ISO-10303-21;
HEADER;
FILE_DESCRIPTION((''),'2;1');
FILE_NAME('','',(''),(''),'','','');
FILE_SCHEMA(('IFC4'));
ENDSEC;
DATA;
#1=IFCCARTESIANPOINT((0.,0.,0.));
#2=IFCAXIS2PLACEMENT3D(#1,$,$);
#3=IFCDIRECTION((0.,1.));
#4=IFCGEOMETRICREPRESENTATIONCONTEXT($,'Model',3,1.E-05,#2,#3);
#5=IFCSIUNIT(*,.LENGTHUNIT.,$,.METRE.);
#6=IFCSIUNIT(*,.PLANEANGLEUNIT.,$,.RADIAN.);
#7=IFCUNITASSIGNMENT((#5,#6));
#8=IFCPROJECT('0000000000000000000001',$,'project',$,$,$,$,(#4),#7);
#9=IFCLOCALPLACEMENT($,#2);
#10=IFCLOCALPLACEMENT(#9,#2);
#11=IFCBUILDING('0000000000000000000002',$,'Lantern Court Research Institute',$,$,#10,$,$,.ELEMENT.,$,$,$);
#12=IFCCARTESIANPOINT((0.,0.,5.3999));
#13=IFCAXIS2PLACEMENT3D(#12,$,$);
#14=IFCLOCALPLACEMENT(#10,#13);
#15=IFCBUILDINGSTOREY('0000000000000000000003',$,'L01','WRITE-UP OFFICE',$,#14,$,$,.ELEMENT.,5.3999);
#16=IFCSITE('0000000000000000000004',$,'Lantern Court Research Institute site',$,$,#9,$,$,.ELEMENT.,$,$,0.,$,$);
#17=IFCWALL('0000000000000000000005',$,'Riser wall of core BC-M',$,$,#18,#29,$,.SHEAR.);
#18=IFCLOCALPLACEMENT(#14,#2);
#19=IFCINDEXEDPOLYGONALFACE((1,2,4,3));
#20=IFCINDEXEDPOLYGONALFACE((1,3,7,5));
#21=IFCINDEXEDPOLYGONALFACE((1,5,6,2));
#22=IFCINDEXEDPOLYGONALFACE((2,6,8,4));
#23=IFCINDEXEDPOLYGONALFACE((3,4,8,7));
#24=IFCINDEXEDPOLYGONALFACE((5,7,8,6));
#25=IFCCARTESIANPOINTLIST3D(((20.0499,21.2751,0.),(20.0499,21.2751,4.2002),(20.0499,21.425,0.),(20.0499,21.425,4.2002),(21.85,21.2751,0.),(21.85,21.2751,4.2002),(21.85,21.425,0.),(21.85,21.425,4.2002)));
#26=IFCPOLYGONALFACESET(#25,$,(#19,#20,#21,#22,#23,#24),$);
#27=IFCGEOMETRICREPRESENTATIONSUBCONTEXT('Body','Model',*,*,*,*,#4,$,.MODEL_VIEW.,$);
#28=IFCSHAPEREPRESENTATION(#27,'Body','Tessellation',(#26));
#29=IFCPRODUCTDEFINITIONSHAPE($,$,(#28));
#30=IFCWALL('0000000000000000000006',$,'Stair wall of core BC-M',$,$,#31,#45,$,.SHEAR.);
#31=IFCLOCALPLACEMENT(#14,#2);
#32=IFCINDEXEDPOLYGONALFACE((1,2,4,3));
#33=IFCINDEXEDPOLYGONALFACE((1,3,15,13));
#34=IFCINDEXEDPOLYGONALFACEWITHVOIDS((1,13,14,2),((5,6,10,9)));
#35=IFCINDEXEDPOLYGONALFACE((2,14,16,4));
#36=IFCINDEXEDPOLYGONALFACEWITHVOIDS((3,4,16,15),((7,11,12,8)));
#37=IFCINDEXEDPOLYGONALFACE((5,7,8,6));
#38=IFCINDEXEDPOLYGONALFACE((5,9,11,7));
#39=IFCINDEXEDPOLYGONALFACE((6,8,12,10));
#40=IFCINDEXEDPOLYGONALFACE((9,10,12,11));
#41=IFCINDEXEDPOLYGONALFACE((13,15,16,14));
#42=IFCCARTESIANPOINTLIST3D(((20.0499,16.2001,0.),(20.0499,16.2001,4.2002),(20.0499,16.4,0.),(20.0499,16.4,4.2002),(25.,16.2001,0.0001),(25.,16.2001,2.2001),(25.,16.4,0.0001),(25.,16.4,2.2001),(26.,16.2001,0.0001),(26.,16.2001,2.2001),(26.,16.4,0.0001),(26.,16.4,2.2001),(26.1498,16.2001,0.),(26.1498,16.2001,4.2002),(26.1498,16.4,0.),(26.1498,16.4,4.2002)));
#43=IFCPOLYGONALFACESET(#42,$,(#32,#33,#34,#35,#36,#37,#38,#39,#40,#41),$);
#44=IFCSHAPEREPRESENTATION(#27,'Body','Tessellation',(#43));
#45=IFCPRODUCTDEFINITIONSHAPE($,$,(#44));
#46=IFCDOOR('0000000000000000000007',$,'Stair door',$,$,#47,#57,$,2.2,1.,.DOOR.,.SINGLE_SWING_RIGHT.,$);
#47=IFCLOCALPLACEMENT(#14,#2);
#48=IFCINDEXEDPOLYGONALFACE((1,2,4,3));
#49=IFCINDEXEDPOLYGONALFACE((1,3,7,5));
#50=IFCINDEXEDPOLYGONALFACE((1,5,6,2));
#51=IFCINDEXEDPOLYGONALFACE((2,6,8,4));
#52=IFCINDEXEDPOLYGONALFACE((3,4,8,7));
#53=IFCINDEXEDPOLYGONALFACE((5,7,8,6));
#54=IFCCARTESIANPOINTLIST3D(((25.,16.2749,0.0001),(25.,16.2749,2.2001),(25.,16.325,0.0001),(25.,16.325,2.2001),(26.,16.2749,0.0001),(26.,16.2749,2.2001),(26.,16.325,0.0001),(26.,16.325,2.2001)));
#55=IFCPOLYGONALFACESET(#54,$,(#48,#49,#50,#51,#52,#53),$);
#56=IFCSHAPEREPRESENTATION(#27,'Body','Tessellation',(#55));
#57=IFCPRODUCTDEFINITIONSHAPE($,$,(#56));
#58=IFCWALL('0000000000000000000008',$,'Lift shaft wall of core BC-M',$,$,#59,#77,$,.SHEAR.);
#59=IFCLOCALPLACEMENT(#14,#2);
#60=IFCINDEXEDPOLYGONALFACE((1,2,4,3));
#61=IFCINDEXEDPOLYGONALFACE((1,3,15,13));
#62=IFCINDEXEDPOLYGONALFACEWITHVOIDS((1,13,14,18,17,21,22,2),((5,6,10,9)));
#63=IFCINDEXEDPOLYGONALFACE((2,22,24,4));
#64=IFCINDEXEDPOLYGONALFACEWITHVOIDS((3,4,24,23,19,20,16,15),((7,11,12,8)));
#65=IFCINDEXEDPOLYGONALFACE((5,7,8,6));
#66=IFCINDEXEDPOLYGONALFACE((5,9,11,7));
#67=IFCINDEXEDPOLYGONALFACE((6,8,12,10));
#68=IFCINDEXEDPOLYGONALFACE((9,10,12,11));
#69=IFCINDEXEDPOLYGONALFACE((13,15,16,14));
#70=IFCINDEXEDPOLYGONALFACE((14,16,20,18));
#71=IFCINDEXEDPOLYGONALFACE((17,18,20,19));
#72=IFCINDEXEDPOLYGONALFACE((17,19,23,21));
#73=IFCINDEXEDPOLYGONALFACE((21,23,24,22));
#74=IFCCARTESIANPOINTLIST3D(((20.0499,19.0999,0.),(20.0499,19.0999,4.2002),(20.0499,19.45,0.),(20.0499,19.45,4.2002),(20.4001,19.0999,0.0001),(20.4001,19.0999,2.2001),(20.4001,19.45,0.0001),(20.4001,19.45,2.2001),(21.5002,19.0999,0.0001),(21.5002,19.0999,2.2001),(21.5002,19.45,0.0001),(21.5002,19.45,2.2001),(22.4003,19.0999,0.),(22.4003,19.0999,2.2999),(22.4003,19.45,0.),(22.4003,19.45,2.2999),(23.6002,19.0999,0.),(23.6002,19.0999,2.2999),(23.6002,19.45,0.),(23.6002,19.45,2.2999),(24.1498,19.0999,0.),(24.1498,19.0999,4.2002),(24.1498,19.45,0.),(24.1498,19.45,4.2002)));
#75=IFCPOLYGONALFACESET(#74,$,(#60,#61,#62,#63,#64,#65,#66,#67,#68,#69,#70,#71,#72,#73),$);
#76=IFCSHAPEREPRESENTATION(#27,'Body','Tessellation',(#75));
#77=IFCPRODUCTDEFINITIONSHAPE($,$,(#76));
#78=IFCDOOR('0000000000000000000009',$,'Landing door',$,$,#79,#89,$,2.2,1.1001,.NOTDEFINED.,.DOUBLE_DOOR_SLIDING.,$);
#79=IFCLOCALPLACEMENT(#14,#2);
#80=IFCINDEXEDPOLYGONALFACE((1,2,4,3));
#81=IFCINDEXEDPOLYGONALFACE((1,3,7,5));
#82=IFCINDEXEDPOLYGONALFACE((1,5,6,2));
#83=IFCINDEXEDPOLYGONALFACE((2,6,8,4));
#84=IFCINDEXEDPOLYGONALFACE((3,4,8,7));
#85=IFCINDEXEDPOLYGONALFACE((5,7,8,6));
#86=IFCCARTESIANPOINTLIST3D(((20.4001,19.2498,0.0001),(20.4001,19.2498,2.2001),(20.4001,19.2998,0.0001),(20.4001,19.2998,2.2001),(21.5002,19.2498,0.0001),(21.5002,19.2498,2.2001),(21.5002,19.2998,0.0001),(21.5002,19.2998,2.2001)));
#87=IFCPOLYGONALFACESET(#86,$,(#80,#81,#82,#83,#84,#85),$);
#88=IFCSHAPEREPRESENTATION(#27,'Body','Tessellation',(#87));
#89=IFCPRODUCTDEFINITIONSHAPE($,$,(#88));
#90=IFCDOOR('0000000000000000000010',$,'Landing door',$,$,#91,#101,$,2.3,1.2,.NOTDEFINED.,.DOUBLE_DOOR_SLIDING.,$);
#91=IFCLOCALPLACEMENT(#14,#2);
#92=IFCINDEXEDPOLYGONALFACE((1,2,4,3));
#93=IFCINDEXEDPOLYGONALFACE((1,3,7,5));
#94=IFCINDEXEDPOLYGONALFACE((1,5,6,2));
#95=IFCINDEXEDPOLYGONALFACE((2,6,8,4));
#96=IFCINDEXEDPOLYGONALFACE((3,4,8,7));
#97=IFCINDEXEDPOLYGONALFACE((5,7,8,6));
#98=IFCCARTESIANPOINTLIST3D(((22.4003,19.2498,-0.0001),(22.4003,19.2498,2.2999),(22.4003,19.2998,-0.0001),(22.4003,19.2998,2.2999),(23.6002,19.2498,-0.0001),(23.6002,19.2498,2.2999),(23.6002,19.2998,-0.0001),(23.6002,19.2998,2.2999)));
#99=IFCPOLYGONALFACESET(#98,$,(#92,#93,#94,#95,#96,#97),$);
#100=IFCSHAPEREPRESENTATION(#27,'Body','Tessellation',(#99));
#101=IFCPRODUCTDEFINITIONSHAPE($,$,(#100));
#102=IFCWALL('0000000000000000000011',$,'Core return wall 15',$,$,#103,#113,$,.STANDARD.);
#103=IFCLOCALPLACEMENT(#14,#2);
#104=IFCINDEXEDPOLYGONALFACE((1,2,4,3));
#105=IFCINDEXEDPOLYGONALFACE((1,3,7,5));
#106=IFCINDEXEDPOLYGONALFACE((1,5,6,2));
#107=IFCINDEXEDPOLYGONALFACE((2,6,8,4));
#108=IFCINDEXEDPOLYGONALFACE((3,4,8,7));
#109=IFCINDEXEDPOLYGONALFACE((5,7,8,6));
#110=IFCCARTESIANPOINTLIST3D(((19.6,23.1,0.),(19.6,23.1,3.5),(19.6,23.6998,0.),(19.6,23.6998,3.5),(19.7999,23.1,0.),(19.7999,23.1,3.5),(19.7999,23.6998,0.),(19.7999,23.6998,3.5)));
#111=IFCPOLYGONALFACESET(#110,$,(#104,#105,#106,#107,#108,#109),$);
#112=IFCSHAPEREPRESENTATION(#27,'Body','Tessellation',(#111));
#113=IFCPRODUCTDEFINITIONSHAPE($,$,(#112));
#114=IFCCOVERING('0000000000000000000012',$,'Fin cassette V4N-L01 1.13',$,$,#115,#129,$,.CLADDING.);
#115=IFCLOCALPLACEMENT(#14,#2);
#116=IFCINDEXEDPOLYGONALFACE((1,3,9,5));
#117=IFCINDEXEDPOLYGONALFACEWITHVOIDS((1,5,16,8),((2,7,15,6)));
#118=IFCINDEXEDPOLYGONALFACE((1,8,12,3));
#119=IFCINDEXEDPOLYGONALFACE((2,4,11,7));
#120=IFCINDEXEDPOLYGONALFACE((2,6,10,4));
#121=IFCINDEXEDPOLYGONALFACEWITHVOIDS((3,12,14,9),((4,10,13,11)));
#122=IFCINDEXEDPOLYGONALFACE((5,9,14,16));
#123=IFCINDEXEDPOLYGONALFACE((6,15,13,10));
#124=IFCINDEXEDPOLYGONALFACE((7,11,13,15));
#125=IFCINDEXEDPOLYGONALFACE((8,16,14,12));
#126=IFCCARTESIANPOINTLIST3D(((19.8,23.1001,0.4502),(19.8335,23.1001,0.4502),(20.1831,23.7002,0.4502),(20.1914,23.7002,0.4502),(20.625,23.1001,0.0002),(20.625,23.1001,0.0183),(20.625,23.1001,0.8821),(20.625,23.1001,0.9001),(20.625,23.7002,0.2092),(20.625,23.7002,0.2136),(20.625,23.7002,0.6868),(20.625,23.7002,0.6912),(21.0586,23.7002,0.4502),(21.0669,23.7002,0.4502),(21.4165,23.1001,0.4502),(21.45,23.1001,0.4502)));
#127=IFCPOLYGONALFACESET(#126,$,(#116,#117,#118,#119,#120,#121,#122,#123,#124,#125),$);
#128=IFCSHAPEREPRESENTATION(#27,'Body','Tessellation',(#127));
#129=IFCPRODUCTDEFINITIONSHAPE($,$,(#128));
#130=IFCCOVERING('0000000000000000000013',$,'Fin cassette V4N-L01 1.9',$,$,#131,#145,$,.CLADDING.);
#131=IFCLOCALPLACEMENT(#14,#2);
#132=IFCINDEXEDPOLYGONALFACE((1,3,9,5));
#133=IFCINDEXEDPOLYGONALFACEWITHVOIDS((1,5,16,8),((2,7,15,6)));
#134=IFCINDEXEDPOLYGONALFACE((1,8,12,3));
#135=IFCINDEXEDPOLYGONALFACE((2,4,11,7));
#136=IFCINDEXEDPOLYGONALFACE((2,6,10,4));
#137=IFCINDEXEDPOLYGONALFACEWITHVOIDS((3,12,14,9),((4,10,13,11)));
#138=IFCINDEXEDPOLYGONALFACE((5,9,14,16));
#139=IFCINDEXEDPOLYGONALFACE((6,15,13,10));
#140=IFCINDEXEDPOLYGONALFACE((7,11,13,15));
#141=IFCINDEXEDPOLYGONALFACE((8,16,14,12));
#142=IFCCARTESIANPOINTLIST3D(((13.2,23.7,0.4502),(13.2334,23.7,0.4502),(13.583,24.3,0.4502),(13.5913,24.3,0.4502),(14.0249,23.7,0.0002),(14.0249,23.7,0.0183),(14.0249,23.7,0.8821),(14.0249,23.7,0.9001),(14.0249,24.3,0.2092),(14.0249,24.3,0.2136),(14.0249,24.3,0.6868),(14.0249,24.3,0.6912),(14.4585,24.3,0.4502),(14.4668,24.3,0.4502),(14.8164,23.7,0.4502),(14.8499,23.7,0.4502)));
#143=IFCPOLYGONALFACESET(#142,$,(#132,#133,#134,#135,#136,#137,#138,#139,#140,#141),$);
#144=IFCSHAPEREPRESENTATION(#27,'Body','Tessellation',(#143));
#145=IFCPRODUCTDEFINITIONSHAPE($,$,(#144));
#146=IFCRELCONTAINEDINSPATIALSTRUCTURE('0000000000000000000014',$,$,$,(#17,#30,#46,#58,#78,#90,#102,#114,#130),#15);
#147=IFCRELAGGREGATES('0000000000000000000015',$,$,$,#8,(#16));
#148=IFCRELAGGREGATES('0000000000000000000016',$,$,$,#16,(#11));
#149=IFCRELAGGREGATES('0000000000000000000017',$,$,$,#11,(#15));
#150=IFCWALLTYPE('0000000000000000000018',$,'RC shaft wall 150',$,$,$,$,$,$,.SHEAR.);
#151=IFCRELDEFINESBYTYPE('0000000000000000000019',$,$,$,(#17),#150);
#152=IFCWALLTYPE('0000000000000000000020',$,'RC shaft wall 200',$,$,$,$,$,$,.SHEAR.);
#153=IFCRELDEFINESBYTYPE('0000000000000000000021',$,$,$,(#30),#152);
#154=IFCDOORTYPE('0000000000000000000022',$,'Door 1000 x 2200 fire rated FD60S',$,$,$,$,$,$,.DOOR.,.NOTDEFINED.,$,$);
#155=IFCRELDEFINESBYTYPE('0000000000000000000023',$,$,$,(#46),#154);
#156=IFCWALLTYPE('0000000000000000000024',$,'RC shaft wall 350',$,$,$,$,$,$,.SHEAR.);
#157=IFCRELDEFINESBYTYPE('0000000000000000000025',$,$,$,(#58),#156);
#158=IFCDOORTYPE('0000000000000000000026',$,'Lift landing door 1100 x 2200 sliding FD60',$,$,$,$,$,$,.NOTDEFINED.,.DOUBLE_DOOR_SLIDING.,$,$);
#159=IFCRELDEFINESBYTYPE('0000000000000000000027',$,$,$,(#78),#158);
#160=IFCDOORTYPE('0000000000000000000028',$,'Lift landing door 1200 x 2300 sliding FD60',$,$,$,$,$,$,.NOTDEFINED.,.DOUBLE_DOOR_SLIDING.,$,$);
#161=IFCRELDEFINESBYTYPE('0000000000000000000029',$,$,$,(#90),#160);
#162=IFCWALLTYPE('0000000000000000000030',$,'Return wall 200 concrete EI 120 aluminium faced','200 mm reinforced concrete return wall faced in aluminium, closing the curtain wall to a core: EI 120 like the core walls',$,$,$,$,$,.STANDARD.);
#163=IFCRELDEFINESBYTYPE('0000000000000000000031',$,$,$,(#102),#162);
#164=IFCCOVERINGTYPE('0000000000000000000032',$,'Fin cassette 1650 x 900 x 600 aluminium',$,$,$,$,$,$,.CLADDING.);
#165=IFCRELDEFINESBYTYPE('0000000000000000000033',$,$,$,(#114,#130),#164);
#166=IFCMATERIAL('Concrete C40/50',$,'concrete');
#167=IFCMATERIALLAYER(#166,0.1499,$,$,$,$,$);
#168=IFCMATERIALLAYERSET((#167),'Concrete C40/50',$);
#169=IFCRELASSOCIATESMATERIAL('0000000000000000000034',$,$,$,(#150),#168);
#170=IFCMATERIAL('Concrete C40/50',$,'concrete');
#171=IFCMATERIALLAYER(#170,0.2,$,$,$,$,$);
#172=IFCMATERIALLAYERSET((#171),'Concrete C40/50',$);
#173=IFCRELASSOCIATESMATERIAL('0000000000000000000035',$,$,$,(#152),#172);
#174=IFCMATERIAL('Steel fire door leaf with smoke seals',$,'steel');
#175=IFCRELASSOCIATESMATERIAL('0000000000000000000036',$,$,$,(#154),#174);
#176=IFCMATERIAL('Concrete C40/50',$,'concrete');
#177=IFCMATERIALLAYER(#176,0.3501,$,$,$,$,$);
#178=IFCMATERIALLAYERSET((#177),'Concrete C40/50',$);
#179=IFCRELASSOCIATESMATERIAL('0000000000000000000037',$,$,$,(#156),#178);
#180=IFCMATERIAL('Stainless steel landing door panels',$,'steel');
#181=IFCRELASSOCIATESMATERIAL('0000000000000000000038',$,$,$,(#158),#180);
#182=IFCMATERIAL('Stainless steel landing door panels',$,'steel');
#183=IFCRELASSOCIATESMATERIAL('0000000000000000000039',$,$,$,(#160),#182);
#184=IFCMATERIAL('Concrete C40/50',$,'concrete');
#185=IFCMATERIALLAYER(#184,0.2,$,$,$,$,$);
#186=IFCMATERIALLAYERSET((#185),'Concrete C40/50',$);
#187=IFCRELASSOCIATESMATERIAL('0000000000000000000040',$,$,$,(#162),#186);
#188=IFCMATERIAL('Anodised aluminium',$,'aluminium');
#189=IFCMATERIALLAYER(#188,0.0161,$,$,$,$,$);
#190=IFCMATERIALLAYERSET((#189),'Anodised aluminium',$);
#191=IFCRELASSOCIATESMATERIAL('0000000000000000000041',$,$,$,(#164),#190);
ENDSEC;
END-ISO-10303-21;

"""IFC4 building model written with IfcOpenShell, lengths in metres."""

from ifc_helpers import new_model, entity, si_unit, direction, frame, frame_2d, origin, place, context, subcontext, project, spatial, rectangle, extrude, material, layer, layer_set, type_object, element, fill, save


model = new_model("IFC4")

# Units and contexts
model_context = context("Model", 3, precision=1e-05, world=origin(), true_north=direction((0.0, 1.0)))
body_context = subcontext(model_context, "Body", "Model", "MODEL_VIEW")
ifc_project = project(units=[si_unit("LENGTHUNIT", "METRE"), si_unit("PLANEANGLEUNIT", "RADIAN")], contexts=[model_context])

# Site, building, storey
site_placement = place(None, origin())
site = spatial("IfcSite", under=ifc_project, at=site_placement, Name="Lantern Court Research Institute site", CompositionType="ELEMENT", RefElevation=0.0)
building_placement = place(site_placement, origin())
building = spatial("IfcBuilding", under=site, at=building_placement, Name="Lantern Court Research Institute", CompositionType="ELEMENT")
storey_placement = place(building_placement, frame((0.0, 0.0, 5.3999)))
storey = spatial("IfcBuildingStorey", under=building, at=storey_placement, Name="L01", Description="WRITE-UP OFFICE", CompositionType="ELEMENT", Elevation=5.3999)

# Wall
ifc_material_1 = material(Name="Concrete C40/50", Category="concrete")
ifc_layer_1 = layer(ifc_material_1, 0.1499)
ifc_layer_set_1 = layer_set([ifc_layer_1], Name="Concrete C40/50")
wall_type_1 = type_object("IfcWallType", Name="RC shaft wall 150", PredefinedType="SHEAR", material=ifc_layer_set_1)
wall_1_placement = place(storey_placement, frame((20.05, 21.3501, 0.0), z_axis=(0.0, 0.0, 1.0), x_axis=(1.0, 0.0, 0.0)))
element("IfcWall", 1, at=wall_1_placement, inside=storey, type_object=wall_type_1, Name="Riser wall of core BC-M", PredefinedType="SHEAR", context=body_context, shape_type="SweptSolid", body=[
    extrude(rectangle(XDim=1.8, YDim=0.1499, at=frame_2d((0.8999, 0.0))), origin(), (0.0, 0.0, 1.0), 4.2002),
])

# Wall, opening, door
ifc_material_2 = material(Name="Concrete C40/50", Category="concrete")
ifc_layer_2 = layer(ifc_material_2, 0.2)
ifc_layer_set_2 = layer_set([ifc_layer_2], Name="Concrete C40/50")
wall_type_2 = type_object("IfcWallType", Name="RC shaft wall 200", PredefinedType="SHEAR", material=ifc_layer_set_2)
wall_2_placement = place(storey_placement, frame((20.05, 16.3, 0.0), z_axis=(0.0, 0.0, 1.0), x_axis=(1.0, 0.0, 0.0)))
wall_2 = element("IfcWall", 2, at=wall_2_placement, inside=storey, type_object=wall_type_2, Name="Stair wall of core BC-M", PredefinedType="SHEAR", context=body_context, shape_type="SweptSolid", body=[
    extrude(rectangle(XDim=6.0999, YDim=0.2, at=frame_2d((3.0498, 0.0))), origin(), (0.0, 0.0, 1.0), 4.2002),
])
opening_1_placement = place(wall_2_placement, frame((4.95, 0.0, 0.0)))
opening_1 = element("IfcOpeningElement", 3, at=opening_1_placement, cuts=wall_2, PredefinedType="OPENING", context=body_context, shape_type="SweptSolid", body=[
    extrude(rectangle(XDim=1.0, YDim=2.2, at=frame_2d((0.5, 1.1001))), frame((0.0, 0.1099, 0.0), z_axis=(0.0, -1.0, 0.0), x_axis=(1.0, 0.0, 0.0)), (0.0, 0.0, 1.0), 0.22),
])
ifc_material_3 = material(Name="Steel fire door leaf with smoke seals", Category="steel")
door_type_1 = type_object("IfcDoorType", Name="Door 1000 x 2200 fire rated FD60S", OperationType="NOTDEFINED", PredefinedType="DOOR", material=ifc_material_3)
door_1_placement = place(opening_1_placement, origin())
door_1 = element("IfcDoor", 4, at=door_1_placement, inside=storey, type_object=door_type_1, Name="Stair door", OperationType="SINGLE_SWING_RIGHT", OverallHeight=2.2, OverallWidth=1.0, PredefinedType="DOOR", context=body_context, shape_type="SweptSolid", body=[
    extrude(rectangle(XDim=1.0, YDim=2.2, at=frame_2d((0.5, 1.1001))), frame((0.0, 0.0249, 0.0), z_axis=(0.0, -1.0, 0.0), x_axis=(1.0, 0.0, 0.0)), (0.0, 0.0, 1.0), 0.05),
])
fill(opening_1, door_1)

# Wall, openings, doors
ifc_material_4 = material(Name="Concrete C40/50", Category="concrete")
ifc_layer_3 = layer(ifc_material_4, 0.3501)
ifc_layer_set_3 = layer_set([ifc_layer_3], Name="Concrete C40/50")
wall_type_3 = type_object("IfcWallType", Name="RC shaft wall 350", PredefinedType="SHEAR", material=ifc_layer_set_3)
wall_3_placement = place(storey_placement, frame((20.05, 19.2749, 0.0), z_axis=(0.0, 0.0, 1.0), x_axis=(1.0, 0.0, 0.0)))
wall_3 = element("IfcWall", 5, at=wall_3_placement, inside=storey, type_object=wall_type_3, Name="Lift shaft wall of core BC-M", PredefinedType="SHEAR", context=body_context, shape_type="SweptSolid", body=[
    extrude(rectangle(XDim=4.0999, YDim=0.3501, at=frame_2d((2.0498, 0.0))), origin(), (0.0, 0.0, 1.0), 4.2002),
])
opening_2_placement = place(wall_3_placement, frame((0.3501, 0.0, 0.0)))
opening_2 = element("IfcOpeningElement", 6, at=opening_2_placement, cuts=wall_3, PredefinedType="OPENING", context=body_context, shape_type="SweptSolid", body=[
    extrude(rectangle(XDim=1.1001, YDim=2.2, at=frame_2d((0.55, 1.1001))), frame((0.0, 0.1851, 0.0), z_axis=(0.0, -1.0, 0.0), x_axis=(1.0, 0.0, 0.0)), (0.0, 0.0, 1.0), 0.3701),
])
opening_3_placement = place(wall_3_placement, frame((2.3501, 0.0, 0.0)))
opening_3 = element("IfcOpeningElement", 7, at=opening_3_placement, cuts=wall_3, PredefinedType="OPENING", context=body_context, shape_type="SweptSolid", body=[
    extrude(rectangle(XDim=1.2, YDim=2.3, at=frame_2d((0.6001, 1.1499))), frame((0.0, 0.1851, 0.0), z_axis=(0.0, -1.0, 0.0), x_axis=(1.0, 0.0, 0.0)), (0.0, 0.0, 1.0), 0.3701),
])
ifc_material_5 = material(Name="Stainless steel landing door panels", Category="steel")
door_type_2 = type_object("IfcDoorType", Name="Lift landing door 1100 x 2200 sliding FD60", OperationType="DOUBLE_DOOR_SLIDING", PredefinedType="NOTDEFINED", material=ifc_material_5)
door_2_placement = place(opening_2_placement, origin())
door_2 = element("IfcDoor", 8, at=door_2_placement, inside=storey, type_object=door_type_2, Name="Landing door", OperationType="DOUBLE_DOOR_SLIDING", OverallHeight=2.2, OverallWidth=1.1001, PredefinedType="NOTDEFINED", context=body_context, shape_type="SweptSolid", body=[
    extrude(rectangle(XDim=1.1001, YDim=2.2, at=frame_2d((0.55, 1.1001))), frame((0.0, 0.0249, 0.0), z_axis=(0.0, -1.0, 0.0), x_axis=(1.0, 0.0, 0.0)), (0.0, 0.0, 1.0), 0.05),
])
fill(opening_2, door_2)
ifc_material_6 = material(Name="Stainless steel landing door panels", Category="steel")
door_type_3 = type_object("IfcDoorType", Name="Lift landing door 1200 x 2300 sliding FD60", OperationType="DOUBLE_DOOR_SLIDING", PredefinedType="NOTDEFINED", material=ifc_material_6)
door_3_placement = place(opening_3_placement, origin())
door_3 = element("IfcDoor", 9, at=door_3_placement, inside=storey, type_object=door_type_3, Name="Landing door", OperationType="DOUBLE_DOOR_SLIDING", OverallHeight=2.3, OverallWidth=1.2, PredefinedType="NOTDEFINED", context=body_context, shape_type="SweptSolid", body=[
    extrude(rectangle(XDim=1.2, YDim=2.3, at=frame_2d((0.6001, 1.1499))), frame((0.0, 0.0249, 0.0), z_axis=(0.0, -1.0, 0.0), x_axis=(1.0, 0.0, 0.0)), (0.0, 0.0, 1.0), 0.05),
])
fill(opening_3, door_3)

# Wall
ifc_material_7 = material(Name="Concrete C40/50", Category="concrete")
ifc_layer_4 = layer(ifc_material_7, 0.2)
ifc_layer_set_4 = layer_set([ifc_layer_4], Name="Concrete C40/50")
wall_type_4 = type_object("IfcWallType", Name="Return wall 200 concrete EI 120 aluminium faced", Description="200 mm reinforced concrete return wall faced in aluminium, closing the curtain wall to a core: EI 120 like the core walls", PredefinedType="STANDARD", material=ifc_layer_set_4)
wall_4_placement = place(storey_placement, frame((19.7, 23.1001, 0.0), z_axis=(0.0, 0.0, 1.0), x_axis=(0.0, 1.0, 0.0)))
element("IfcWall", 10, at=wall_4_placement, inside=storey, type_object=wall_type_4, Name="Core return wall 15", PredefinedType="STANDARD", context=body_context, shape_type="SweptSolid", body=[
    extrude(rectangle(XDim=0.5999, YDim=0.2, at=frame_2d((0.2998, 0.0))), origin(), (0.0, 0.0, 1.0), 3.5),
])

# Coverings
ifc_material_8 = material(Name="Anodised aluminium", Category="aluminium")
ifc_layer_5 = layer(ifc_material_8, 0.0161)
ifc_layer_set_5 = layer_set([ifc_layer_5], Name="Anodised aluminium")
covering_type = type_object("IfcCoveringType", Name="Fin cassette 1650 x 900 x 600 aluminium", PredefinedType="CLADDING", material=ifc_layer_set_5)
covering_1_placement = place(storey_placement, frame((20.625, 23.1001, 0.4502), z_axis=(0.0, 1.0, 0.0), x_axis=(-1.0, 0.0, 0.0)))
cartesian_point_1 = entity("IfcCartesianPoint", [0.825, 0.0])
cartesian_point_2 = entity("IfcCartesianPoint", [0.7915, 0.0])
cartesian_point_3 = entity("IfcCartesianPoint", [0.4419, 0.0])
cartesian_point_4 = entity("IfcCartesianPoint", [0.4336, 0.0])
element("IfcCovering", 11, at=covering_1_placement, inside=storey, type_object=covering_type, Name="Fin cassette V4N-L01 1.13", PredefinedType="CLADDING", context=body_context, shape_type="SweptSolid", body=[
    entity("IfcExtrudedAreaSolidTapered", entity("IfcArbitraryProfileDefWithVoids", "AREA", None, entity("IfcPolyline", [cartesian_point_1, entity("IfcCartesianPoint", [0.0, 0.45]), entity("IfcCartesianPoint", [-0.825, 0.0]), entity("IfcCartesianPoint", [0.0, -0.45]), cartesian_point_1]), [entity("IfcPolyline", [cartesian_point_2, entity("IfcCartesianPoint", [0.0, 0.4319]), entity("IfcCartesianPoint", [-0.7915, 0.0]), entity("IfcCartesianPoint", [0.0, -0.4319]), cartesian_point_2])]), entity("IfcAxis2Placement3D", entity("IfcCartesianPoint", [0.0, 0.0, 0.0])), entity("IfcDirection", [0.0, 0.0, 1.0]), 0.6001, entity("IfcArbitraryProfileDefWithVoids", "AREA", None, entity("IfcPolyline", [cartesian_point_3, entity("IfcCartesianPoint", [0.0, 0.241]), entity("IfcCartesianPoint", [-0.4419, 0.0]), entity("IfcCartesianPoint", [0.0, -0.241]), cartesian_point_3]), [entity("IfcPolyline", [cartesian_point_4, entity("IfcCartesianPoint", [0.0, 0.2366]), entity("IfcCartesianPoint", [-0.4336, 0.0]), entity("IfcCartesianPoint", [0.0, -0.2366]), cartesian_point_4])])),
])
covering_2_placement = place(storey_placement, frame((14.0249, 23.7, 0.4502), z_axis=(0.0, 1.0, 0.0), x_axis=(-1.0, 0.0, 0.0)))
cartesian_point_5 = entity("IfcCartesianPoint", [0.825, 0.0])
cartesian_point_6 = entity("IfcCartesianPoint", [0.7915, 0.0])
cartesian_point_7 = entity("IfcCartesianPoint", [0.4419, 0.0])
cartesian_point_8 = entity("IfcCartesianPoint", [0.4336, 0.0])
element("IfcCovering", 12, at=covering_2_placement, inside=storey, type_object=covering_type, Name="Fin cassette V4N-L01 1.9", PredefinedType="CLADDING", context=body_context, shape_type="SweptSolid", body=[
    entity("IfcExtrudedAreaSolidTapered", entity("IfcArbitraryProfileDefWithVoids", "AREA", None, entity("IfcPolyline", [cartesian_point_5, entity("IfcCartesianPoint", [0.0, 0.45]), entity("IfcCartesianPoint", [-0.825, 0.0]), entity("IfcCartesianPoint", [0.0, -0.45]), cartesian_point_5]), [entity("IfcPolyline", [cartesian_point_6, entity("IfcCartesianPoint", [0.0, 0.4319]), entity("IfcCartesianPoint", [-0.7915, 0.0]), entity("IfcCartesianPoint", [0.0, -0.4319]), cartesian_point_6])]), entity("IfcAxis2Placement3D", entity("IfcCartesianPoint", [0.0, 0.0, 0.0])), entity("IfcDirection", [0.0, 0.0, 1.0]), 0.6001, entity("IfcArbitraryProfileDefWithVoids", "AREA", None, entity("IfcPolyline", [cartesian_point_7, entity("IfcCartesianPoint", [0.0, 0.241]), entity("IfcCartesianPoint", [-0.4419, 0.0]), entity("IfcCartesianPoint", [0.0, -0.241]), cartesian_point_7]), [entity("IfcPolyline", [cartesian_point_8, entity("IfcCartesianPoint", [0.0, 0.2366]), entity("IfcCartesianPoint", [-0.4336, 0.0]), entity("IfcCartesianPoint", [0.0, -0.2366]), cartesian_point_8])])),
])

save(model, "model.ifc")
